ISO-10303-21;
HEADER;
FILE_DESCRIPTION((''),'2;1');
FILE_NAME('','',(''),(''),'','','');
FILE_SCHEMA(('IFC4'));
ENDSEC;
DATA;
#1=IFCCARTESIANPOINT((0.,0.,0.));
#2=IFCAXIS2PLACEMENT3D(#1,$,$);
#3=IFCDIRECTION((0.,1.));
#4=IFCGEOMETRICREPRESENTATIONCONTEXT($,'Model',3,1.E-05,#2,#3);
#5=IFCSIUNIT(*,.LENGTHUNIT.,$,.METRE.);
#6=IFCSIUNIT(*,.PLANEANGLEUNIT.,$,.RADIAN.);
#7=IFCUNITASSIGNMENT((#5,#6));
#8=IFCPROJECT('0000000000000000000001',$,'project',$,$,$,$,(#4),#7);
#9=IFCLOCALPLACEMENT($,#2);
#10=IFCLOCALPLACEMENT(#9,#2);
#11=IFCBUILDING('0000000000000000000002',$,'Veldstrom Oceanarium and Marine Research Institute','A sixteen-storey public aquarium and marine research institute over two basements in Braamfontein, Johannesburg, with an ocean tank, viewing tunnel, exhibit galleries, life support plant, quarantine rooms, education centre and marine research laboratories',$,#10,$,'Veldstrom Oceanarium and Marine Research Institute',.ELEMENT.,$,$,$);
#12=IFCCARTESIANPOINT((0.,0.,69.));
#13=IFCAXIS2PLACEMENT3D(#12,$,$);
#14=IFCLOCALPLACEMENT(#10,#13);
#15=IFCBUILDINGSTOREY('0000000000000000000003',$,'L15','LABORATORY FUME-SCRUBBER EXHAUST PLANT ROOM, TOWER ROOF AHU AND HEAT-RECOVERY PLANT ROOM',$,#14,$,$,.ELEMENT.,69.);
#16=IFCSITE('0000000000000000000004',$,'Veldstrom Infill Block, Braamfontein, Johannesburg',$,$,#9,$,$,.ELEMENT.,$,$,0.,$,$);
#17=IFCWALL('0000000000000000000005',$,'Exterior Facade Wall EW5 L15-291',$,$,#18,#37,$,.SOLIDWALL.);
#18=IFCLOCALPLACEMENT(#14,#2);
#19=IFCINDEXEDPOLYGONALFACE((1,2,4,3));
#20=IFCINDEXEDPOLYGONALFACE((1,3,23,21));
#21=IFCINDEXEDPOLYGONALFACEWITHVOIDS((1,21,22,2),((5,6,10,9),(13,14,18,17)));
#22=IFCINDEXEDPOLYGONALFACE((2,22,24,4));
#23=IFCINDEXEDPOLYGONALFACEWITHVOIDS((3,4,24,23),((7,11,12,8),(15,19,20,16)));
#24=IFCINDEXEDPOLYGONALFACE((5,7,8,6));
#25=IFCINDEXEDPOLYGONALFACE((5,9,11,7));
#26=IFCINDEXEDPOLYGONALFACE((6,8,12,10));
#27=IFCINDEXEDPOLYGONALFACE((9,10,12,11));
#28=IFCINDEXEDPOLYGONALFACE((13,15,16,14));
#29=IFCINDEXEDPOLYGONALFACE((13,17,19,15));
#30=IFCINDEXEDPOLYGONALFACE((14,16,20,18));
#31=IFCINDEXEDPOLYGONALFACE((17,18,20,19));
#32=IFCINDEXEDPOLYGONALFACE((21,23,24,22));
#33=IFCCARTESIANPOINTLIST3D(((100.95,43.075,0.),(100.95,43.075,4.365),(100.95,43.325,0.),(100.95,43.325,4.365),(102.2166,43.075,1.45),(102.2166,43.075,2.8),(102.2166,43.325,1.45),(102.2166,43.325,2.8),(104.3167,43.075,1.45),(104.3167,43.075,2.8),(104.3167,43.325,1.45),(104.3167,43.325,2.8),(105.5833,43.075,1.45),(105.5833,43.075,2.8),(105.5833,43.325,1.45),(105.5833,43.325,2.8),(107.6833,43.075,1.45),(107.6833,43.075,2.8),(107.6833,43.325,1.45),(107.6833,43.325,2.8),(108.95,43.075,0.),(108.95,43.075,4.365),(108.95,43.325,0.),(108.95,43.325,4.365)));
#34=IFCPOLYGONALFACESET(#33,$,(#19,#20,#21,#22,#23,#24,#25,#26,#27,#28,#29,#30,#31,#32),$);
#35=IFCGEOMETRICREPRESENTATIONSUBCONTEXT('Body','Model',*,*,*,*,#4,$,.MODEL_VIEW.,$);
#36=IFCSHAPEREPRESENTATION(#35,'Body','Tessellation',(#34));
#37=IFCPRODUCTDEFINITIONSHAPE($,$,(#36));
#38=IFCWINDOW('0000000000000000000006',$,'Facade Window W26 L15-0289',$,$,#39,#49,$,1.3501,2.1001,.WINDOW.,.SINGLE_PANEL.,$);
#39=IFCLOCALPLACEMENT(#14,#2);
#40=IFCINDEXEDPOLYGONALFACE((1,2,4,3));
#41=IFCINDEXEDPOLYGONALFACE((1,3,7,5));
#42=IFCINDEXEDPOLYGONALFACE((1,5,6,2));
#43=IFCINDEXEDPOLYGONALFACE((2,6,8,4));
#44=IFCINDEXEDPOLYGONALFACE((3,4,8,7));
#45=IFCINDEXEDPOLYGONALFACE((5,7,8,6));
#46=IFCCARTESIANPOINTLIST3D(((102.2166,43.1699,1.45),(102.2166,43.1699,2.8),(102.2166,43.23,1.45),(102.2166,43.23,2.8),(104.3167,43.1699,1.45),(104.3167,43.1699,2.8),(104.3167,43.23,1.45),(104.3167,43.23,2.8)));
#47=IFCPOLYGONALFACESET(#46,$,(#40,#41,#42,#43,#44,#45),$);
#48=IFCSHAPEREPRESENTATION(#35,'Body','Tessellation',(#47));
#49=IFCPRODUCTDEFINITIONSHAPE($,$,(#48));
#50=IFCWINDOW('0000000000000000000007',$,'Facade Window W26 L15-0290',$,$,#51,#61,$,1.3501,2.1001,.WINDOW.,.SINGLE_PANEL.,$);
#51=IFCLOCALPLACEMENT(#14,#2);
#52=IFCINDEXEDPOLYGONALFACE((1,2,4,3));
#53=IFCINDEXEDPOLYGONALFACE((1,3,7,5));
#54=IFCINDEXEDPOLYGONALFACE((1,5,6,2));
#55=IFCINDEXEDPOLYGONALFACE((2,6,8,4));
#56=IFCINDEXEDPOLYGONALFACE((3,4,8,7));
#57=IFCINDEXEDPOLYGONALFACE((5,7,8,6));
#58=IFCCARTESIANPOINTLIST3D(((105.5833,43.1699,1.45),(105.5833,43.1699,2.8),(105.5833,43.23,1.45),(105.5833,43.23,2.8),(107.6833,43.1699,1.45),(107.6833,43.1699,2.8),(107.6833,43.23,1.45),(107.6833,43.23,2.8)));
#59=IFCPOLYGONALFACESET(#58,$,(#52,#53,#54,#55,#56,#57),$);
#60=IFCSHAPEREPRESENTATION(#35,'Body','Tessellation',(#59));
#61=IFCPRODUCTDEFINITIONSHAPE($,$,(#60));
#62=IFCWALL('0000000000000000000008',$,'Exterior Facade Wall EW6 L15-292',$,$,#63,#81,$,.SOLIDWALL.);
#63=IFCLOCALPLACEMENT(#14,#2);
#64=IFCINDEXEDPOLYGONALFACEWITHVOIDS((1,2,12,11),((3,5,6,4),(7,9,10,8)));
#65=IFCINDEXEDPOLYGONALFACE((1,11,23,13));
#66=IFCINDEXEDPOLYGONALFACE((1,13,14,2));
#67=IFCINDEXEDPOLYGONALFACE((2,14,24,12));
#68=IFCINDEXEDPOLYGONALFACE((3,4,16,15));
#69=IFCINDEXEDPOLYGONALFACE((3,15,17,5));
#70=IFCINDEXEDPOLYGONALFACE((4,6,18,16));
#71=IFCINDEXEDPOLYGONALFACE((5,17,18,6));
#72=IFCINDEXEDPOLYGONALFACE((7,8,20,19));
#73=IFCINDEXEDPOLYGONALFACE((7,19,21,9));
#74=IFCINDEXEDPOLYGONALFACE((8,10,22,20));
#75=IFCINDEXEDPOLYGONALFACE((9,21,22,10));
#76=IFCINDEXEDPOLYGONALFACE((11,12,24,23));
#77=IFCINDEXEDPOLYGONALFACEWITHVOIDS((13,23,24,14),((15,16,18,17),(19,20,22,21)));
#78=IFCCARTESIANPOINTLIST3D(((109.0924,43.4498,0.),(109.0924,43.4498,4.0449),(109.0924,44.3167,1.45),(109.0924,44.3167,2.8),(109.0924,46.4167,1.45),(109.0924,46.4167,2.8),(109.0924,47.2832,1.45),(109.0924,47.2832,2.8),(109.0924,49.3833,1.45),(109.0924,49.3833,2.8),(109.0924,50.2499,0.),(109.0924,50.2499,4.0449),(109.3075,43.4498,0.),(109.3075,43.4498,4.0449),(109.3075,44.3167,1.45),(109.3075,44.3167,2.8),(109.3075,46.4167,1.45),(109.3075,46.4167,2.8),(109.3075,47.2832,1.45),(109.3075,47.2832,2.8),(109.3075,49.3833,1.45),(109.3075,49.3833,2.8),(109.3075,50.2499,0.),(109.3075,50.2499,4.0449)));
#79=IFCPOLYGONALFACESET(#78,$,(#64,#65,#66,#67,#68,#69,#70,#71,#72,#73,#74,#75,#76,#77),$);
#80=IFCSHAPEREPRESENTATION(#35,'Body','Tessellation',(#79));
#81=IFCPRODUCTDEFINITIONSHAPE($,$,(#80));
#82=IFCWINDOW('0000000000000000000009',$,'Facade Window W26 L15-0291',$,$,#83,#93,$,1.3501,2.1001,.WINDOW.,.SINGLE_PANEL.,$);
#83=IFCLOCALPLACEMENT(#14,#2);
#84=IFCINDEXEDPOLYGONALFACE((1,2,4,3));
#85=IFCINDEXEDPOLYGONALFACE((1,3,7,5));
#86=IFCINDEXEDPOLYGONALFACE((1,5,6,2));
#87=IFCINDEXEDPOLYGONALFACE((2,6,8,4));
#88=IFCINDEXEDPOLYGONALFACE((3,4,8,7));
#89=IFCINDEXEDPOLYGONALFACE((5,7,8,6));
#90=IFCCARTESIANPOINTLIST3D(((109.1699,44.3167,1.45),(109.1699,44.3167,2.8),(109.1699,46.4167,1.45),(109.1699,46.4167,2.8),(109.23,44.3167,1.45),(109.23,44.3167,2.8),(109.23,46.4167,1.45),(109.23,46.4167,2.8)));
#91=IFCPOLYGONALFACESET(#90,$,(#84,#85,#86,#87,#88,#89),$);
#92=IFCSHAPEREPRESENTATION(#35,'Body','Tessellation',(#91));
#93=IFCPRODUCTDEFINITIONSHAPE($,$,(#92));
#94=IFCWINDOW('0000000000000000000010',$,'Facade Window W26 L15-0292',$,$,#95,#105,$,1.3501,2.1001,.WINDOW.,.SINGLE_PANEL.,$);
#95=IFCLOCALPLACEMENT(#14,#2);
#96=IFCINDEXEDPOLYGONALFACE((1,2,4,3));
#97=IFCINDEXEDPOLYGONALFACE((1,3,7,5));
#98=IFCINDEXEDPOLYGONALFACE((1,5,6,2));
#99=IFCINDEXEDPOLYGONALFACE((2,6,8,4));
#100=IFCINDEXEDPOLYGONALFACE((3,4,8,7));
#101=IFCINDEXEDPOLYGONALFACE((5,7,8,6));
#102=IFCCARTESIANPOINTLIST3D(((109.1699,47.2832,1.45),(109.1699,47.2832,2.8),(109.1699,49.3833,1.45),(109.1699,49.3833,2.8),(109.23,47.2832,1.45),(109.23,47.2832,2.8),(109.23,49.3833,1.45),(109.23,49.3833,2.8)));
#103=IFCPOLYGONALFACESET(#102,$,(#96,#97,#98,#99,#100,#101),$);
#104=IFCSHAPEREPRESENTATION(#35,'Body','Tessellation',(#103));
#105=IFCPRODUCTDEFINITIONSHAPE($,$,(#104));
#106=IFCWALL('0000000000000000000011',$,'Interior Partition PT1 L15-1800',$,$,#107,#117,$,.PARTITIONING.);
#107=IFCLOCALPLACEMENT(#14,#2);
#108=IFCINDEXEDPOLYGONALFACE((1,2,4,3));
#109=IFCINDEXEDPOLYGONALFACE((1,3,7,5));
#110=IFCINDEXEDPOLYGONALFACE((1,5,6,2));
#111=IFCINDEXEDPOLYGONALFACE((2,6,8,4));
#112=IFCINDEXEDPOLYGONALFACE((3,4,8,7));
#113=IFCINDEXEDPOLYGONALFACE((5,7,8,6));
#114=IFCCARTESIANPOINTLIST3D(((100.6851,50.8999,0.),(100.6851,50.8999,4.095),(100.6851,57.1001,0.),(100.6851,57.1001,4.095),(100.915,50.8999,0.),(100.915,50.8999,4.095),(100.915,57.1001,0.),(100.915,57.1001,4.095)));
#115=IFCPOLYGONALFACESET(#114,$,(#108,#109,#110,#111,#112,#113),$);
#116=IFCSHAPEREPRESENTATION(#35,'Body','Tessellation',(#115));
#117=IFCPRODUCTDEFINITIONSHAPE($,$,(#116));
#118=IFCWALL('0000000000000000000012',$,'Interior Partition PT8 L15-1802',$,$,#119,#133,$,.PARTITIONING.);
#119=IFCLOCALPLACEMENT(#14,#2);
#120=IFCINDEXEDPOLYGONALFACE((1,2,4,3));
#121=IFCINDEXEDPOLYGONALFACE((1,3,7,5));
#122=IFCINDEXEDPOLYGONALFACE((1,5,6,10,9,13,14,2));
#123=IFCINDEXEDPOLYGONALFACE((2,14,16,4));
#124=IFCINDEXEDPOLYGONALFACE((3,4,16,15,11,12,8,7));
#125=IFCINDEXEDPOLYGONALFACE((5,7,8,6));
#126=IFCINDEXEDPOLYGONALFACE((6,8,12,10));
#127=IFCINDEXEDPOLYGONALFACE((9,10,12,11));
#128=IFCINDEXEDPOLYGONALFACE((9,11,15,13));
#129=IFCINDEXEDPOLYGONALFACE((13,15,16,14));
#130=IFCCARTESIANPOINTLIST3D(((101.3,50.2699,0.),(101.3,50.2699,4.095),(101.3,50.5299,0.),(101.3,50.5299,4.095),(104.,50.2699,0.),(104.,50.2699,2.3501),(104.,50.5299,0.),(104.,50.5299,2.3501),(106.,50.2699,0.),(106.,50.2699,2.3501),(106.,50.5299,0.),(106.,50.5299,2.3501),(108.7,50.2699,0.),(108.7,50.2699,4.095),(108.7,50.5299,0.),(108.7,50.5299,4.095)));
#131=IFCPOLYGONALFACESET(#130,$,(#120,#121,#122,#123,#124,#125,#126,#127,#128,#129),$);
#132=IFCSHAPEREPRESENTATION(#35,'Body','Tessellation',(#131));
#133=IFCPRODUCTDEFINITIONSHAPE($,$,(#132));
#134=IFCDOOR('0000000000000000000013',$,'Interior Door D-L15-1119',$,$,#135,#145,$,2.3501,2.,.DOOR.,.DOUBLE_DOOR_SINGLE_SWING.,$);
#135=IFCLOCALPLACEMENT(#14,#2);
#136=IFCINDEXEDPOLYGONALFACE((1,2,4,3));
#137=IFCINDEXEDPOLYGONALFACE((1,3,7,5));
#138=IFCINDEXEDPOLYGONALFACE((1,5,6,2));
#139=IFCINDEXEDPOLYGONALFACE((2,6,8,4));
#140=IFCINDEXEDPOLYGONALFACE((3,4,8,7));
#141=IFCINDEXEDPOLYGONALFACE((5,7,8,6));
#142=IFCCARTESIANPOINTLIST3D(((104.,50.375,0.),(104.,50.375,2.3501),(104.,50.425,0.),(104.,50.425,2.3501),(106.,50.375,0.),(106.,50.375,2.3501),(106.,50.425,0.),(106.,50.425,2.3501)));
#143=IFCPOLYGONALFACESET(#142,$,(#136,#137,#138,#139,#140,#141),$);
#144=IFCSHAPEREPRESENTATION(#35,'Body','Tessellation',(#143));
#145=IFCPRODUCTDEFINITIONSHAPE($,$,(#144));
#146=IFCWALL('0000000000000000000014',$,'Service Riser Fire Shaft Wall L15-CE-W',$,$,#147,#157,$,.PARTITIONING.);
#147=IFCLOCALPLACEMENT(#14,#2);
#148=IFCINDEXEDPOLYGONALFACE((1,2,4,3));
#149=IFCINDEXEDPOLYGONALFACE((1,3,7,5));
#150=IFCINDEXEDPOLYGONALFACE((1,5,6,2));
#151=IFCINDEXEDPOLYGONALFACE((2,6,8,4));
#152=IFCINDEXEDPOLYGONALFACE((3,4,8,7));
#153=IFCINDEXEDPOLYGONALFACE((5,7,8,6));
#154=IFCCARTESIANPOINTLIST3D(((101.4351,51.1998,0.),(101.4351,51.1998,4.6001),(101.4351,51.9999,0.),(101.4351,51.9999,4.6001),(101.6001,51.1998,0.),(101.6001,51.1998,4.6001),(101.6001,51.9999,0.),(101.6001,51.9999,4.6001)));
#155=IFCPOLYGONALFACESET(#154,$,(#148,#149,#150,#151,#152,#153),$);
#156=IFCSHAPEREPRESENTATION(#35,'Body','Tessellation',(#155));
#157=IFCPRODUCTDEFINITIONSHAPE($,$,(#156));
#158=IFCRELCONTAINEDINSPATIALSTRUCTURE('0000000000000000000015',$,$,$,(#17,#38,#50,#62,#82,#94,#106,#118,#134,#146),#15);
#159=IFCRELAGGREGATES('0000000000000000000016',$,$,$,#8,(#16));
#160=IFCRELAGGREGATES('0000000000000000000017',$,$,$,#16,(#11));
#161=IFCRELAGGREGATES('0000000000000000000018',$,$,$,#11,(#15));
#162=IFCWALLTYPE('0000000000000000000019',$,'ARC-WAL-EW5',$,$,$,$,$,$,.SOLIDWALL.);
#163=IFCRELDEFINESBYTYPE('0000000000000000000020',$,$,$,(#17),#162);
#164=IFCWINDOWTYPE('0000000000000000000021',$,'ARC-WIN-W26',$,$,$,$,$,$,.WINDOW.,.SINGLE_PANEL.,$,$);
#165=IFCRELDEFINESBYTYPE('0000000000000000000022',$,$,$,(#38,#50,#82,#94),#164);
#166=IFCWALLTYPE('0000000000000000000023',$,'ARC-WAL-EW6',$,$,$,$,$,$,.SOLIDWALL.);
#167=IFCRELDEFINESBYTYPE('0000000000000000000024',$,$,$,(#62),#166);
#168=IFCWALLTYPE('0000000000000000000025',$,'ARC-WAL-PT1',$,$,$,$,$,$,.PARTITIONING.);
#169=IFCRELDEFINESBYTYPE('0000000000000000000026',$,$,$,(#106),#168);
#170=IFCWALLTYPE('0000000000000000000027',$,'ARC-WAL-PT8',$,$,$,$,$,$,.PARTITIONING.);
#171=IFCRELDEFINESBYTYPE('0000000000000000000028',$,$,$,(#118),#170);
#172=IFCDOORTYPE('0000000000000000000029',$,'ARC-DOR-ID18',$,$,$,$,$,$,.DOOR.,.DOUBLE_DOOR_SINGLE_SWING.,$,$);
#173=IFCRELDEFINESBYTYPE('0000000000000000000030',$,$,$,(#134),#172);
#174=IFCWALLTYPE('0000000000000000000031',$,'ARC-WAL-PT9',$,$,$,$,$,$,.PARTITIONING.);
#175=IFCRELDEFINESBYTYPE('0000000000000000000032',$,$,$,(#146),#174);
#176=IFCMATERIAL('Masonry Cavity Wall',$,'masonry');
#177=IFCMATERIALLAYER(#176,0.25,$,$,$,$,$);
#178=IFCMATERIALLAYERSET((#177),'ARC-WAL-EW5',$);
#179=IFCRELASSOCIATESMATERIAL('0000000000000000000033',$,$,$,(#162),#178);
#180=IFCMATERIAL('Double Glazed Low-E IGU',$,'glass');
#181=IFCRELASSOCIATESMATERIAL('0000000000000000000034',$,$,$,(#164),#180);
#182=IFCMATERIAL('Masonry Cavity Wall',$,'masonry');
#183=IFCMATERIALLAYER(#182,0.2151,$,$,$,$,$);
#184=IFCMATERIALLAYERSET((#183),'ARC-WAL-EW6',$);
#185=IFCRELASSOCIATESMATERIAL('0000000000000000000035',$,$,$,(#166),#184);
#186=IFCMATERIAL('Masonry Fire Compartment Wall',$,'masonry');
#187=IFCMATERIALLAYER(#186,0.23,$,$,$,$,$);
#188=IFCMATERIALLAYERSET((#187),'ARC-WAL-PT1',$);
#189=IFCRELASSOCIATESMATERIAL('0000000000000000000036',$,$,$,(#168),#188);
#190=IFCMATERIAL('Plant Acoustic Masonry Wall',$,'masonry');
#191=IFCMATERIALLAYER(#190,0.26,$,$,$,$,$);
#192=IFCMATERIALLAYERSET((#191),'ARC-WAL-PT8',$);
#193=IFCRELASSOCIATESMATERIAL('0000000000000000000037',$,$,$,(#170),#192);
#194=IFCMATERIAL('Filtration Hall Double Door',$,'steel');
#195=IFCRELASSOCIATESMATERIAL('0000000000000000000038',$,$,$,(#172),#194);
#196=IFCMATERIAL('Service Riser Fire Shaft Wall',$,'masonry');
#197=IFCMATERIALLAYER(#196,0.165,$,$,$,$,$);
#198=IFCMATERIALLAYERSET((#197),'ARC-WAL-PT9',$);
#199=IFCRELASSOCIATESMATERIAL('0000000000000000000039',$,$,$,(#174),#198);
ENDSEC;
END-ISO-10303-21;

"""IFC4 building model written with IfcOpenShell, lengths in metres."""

from ifc_helpers import new_model, si_unit, direction, frame, frame_2d, origin, place, context, subcontext, project, spatial, rectangle, extrude, material, layer, layer_set, type_object, element, fill, save


model = new_model("IFC4")

# Units and contexts
model_context = context("Model", 3, precision=1e-05, world=origin(), true_north=direction((0.0, 1.0)))
body_context = subcontext(model_context, "Body", "Model", "MODEL_VIEW")
ifc_project = project(units=[si_unit("LENGTHUNIT", "METRE"), si_unit("PLANEANGLEUNIT", "RADIAN")], contexts=[model_context])

# Site, building, storey
site_placement = place(None, origin())
site = spatial("IfcSite", under=ifc_project, at=site_placement, Name="Veldstrom Infill Block, Braamfontein, Johannesburg", CompositionType="ELEMENT", RefElevation=0.0)
building_placement = place(site_placement, origin())
building = spatial("IfcBuilding", under=site, at=building_placement, Name="Veldstrom Oceanarium and Marine Research Institute", Description="A sixteen-storey public aquarium and marine research institute over two basements in Braamfontein, Johannesburg, with an ocean tank, viewing tunnel, exhibit galleries, life support plant, quarantine rooms, education centre and marine research laboratories", LongName="Veldstrom Oceanarium and Marine Research Institute", CompositionType="ELEMENT")
storey_placement = place(building_placement, frame((0.0, 0.0, 69.0)))
storey = spatial("IfcBuildingStorey", under=building, at=storey_placement, Name="L15", Description="LABORATORY FUME-SCRUBBER EXHAUST PLANT ROOM, TOWER ROOF AHU AND HEAT-RECOVERY PLANT ROOM", CompositionType="ELEMENT", Elevation=69.0)

# Walls, openings, windows
ifc_material_1 = material(Name="Masonry Cavity Wall", Category="masonry")
ifc_layer_1 = layer(ifc_material_1, 0.25)
ifc_layer_set_1 = layer_set([ifc_layer_1], Name="ARC-WAL-EW5")
wall_type_1 = type_object("IfcWallType", Name="ARC-WAL-EW5", PredefinedType="SOLIDWALL", material=ifc_layer_set_1)
wall_1_placement = place(storey_placement, frame((100.95, 43.2, 0.0), z_axis=(0.0, 0.0, 1.0), x_axis=(1.0, 0.0, 0.0)))
wall_1 = element("IfcWall", 1, at=wall_1_placement, inside=storey, type_object=wall_type_1, Name="Exterior Facade Wall EW5 L15-291", PredefinedType="SOLIDWALL", context=body_context, shape_type="SweptSolid", body=[
    extrude(rectangle(XDim=8.0, YDim=0.25, at=frame_2d((4.0, 0.0))), origin(), (0.0, 0.0, 1.0), 4.365),
])
opening_1_placement = place(wall_1_placement, frame((1.2666, 0.0, 1.45)))
opening_1 = element("IfcOpeningElement", 2, at=opening_1_placement, cuts=wall_1, PredefinedType="OPENING", context=body_context, shape_type="SweptSolid", body=[
    extrude(rectangle(XDim=2.1001, YDim=1.3501, at=frame_2d((1.05, 0.675))), frame((0.0, 0.135, 0.0), z_axis=(0.0, -1.0, 0.0), x_axis=(1.0, 0.0, 0.0)), (0.0, 0.0, 1.0), 0.27),
])
opening_2_placement = place(wall_1_placement, frame((4.6333, 0.0, 1.45)))
opening_2 = element("IfcOpeningElement", 3, at=opening_2_placement, cuts=wall_1, PredefinedType="OPENING", context=body_context, shape_type="SweptSolid", body=[
    extrude(rectangle(XDim=2.1001, YDim=1.3501, at=frame_2d((1.05, 0.675))), frame((0.0, 0.135, 0.0), z_axis=(0.0, -1.0, 0.0), x_axis=(1.0, 0.0, 0.0)), (0.0, 0.0, 1.0), 0.27),
])
ifc_material_2 = material(Name="Double Glazed Low-E IGU", Category="glass")
window_type_1 = type_object("IfcWindowType", Name="ARC-WIN-W26", PartitioningType="SINGLE_PANEL", PredefinedType="WINDOW", material=ifc_material_2)
window_1_placement = place(opening_1_placement, origin())
window_1 = element("IfcWindow", 4, at=window_1_placement, inside=storey, type_object=window_type_1, Name="Facade Window W26 L15-0289", OverallHeight=1.3501, OverallWidth=2.1001, PartitioningType="SINGLE_PANEL", PredefinedType="WINDOW", context=body_context, shape_type="SweptSolid", body=[
    extrude(rectangle(XDim=2.1001, YDim=1.3501, at=frame_2d((1.05, 0.675))), frame((0.0, 0.03, 0.0), z_axis=(0.0, -1.0, 0.0), x_axis=(1.0, 0.0, 0.0)), (0.0, 0.0, 1.0), 0.0601),
])
fill(opening_1, window_1)
window_2_placement = place(opening_2_placement, origin())
window_2 = element("IfcWindow", 5, at=window_2_placement, inside=storey, type_object=window_type_1, Name="Facade Window W26 L15-0290", OverallHeight=1.3501, OverallWidth=2.1001, PartitioningType="SINGLE_PANEL", PredefinedType="WINDOW", context=body_context, shape_type="SweptSolid", body=[
    extrude(rectangle(XDim=2.1001, YDim=1.3501, at=frame_2d((1.05, 0.675))), frame((0.0, 0.03, 0.0), z_axis=(0.0, -1.0, 0.0), x_axis=(1.0, 0.0, 0.0)), (0.0, 0.0, 1.0), 0.0601),
])
fill(opening_2, window_2)
ifc_material_3 = material(Name="Masonry Cavity Wall", Category="masonry")
ifc_layer_2 = layer(ifc_material_3, 0.2151)
ifc_layer_set_2 = layer_set([ifc_layer_2], Name="ARC-WAL-EW6")
wall_type_2 = type_object("IfcWallType", Name="ARC-WAL-EW6", PredefinedType="SOLIDWALL", material=ifc_layer_set_2)
wall_2_placement = place(storey_placement, frame((109.2, 43.45, 0.0), z_axis=(0.0, 0.0, 1.0), x_axis=(0.0, 1.0, 0.0)))
wall_2 = element("IfcWall", 6, at=wall_2_placement, inside=storey, type_object=wall_type_2, Name="Exterior Facade Wall EW6 L15-292", PredefinedType="SOLIDWALL", context=body_context, shape_type="SweptSolid", body=[
    extrude(rectangle(XDim=6.8, YDim=0.2151, at=frame_2d((3.3999, 0.0))), origin(), (0.0, 0.0, 1.0), 4.0449),
])
opening_3_placement = place(wall_2_placement, frame((0.8667, 0.0, 1.45)))
opening_3 = element("IfcOpeningElement", 7, at=opening_3_placement, cuts=wall_2, PredefinedType="OPENING", context=body_context, shape_type="SweptSolid", body=[
    extrude(rectangle(XDim=2.1001, YDim=1.3501, at=frame_2d((1.05, 0.675))), frame((0.0, 0.1174, 0.0), z_axis=(0.0, -1.0, 0.0), x_axis=(1.0, 0.0, 0.0)), (0.0, 0.0, 1.0), 0.2351),
])
opening_4_placement = place(wall_2_placement, frame((3.8333, 0.0, 1.45)))
opening_4 = element("IfcOpeningElement", 8, at=opening_4_placement, cuts=wall_2, PredefinedType="OPENING", context=body_context, shape_type="SweptSolid", body=[
    extrude(rectangle(XDim=2.1001, YDim=1.3501, at=frame_2d((1.05, 0.675))), frame((0.0, 0.1174, 0.0), z_axis=(0.0, -1.0, 0.0), x_axis=(1.0, 0.0, 0.0)), (0.0, 0.0, 1.0), 0.2351),
])
window_3_placement = place(opening_3_placement, origin())
window_3 = element("IfcWindow", 9, at=window_3_placement, inside=storey, type_object=window_type_1, Name="Facade Window W26 L15-0291", OverallHeight=1.3501, OverallWidth=2.1001, PartitioningType="SINGLE_PANEL", PredefinedType="WINDOW", context=body_context, shape_type="SweptSolid", body=[
    extrude(rectangle(XDim=2.1001, YDim=1.3501, at=frame_2d((1.05, 0.675))), frame((0.0, 0.03, 0.0), z_axis=(0.0, -1.0, 0.0), x_axis=(1.0, 0.0, 0.0)), (0.0, 0.0, 1.0), 0.0601),
])
fill(opening_3, window_3)
window_4_placement = place(opening_4_placement, origin())
window_4 = element("IfcWindow", 10, at=window_4_placement, inside=storey, type_object=window_type_1, Name="Facade Window W26 L15-0292", OverallHeight=1.3501, OverallWidth=2.1001, PartitioningType="SINGLE_PANEL", PredefinedType="WINDOW", context=body_context, shape_type="SweptSolid", body=[
    extrude(rectangle(XDim=2.1001, YDim=1.3501, at=frame_2d((1.05, 0.675))), frame((0.0, 0.03, 0.0), z_axis=(0.0, -1.0, 0.0), x_axis=(1.0, 0.0, 0.0)), (0.0, 0.0, 1.0), 0.0601),
])
fill(opening_4, window_4)

# Wall
ifc_material_4 = material(Name="Masonry Fire Compartment Wall", Category="masonry")
ifc_layer_3 = layer(ifc_material_4, 0.23)
ifc_layer_set_3 = layer_set([ifc_layer_3], Name="ARC-WAL-PT1")
wall_type_3 = type_object("IfcWallType", Name="ARC-WAL-PT1", PredefinedType="PARTITIONING", material=ifc_layer_set_3)
wall_3_placement = place(storey_placement, frame((100.8, 50.8999, 0.0), z_axis=(0.0, 0.0, 1.0), x_axis=(0.0, 1.0, 0.0)))
element("IfcWall", 11, at=wall_3_placement, inside=storey, type_object=wall_type_3, Name="Interior Partition PT1 L15-1800", PredefinedType="PARTITIONING", context=body_context, shape_type="SweptSolid", body=[
    extrude(rectangle(XDim=6.2002, YDim=0.23, at=frame_2d((3.1001, 0.0))), origin(), (0.0, 0.0, 1.0), 4.095),
])

# Wall, opening, door
ifc_material_5 = material(Name="Plant Acoustic Masonry Wall", Category="masonry")
ifc_layer_4 = layer(ifc_material_5, 0.26)
ifc_layer_set_4 = layer_set([ifc_layer_4], Name="ARC-WAL-PT8")
wall_type_4 = type_object("IfcWallType", Name="ARC-WAL-PT8", PredefinedType="PARTITIONING", material=ifc_layer_set_4)
wall_4_placement = place(storey_placement, frame((101.3, 50.3999, 0.0), z_axis=(0.0, 0.0, 1.0), x_axis=(1.0, 0.0, 0.0)))
wall_4 = element("IfcWall", 12, at=wall_4_placement, inside=storey, type_object=wall_type_4, Name="Interior Partition PT8 L15-1802", PredefinedType="PARTITIONING", context=body_context, shape_type="SweptSolid", body=[
    extrude(rectangle(XDim=7.3999, YDim=0.26, at=frame_2d((3.7, 0.0))), origin(), (0.0, 0.0, 1.0), 4.095),
])
opening_5_placement = place(wall_4_placement, frame((2.7, 0.0, 0.0)))
opening_5 = element("IfcOpeningElement", 13, at=opening_5_placement, cuts=wall_4, PredefinedType="OPENING", context=body_context, shape_type="SweptSolid", body=[
    extrude(rectangle(XDim=2.0, YDim=2.3501, at=frame_2d((1.0, 1.175))), frame((0.0, 0.1399, 0.0), z_axis=(0.0, -1.0, 0.0), x_axis=(1.0, 0.0, 0.0)), (0.0, 0.0, 1.0), 0.28),
])
ifc_material_6 = material(Name="Filtration Hall Double Door", Category="steel")
door_type = type_object("IfcDoorType", Name="ARC-DOR-ID18", OperationType="DOUBLE_DOOR_SINGLE_SWING", PredefinedType="DOOR", material=ifc_material_6)
door_placement = place(opening_5_placement, frame((2.0, 0.0, 0.0), z_axis=(0.0, 0.0, 1.0), x_axis=(-1.0, 0.0, 0.0)))
door = element("IfcDoor", 14, at=door_placement, inside=storey, type_object=door_type, Name="Interior Door D-L15-1119", OperationType="DOUBLE_DOOR_SINGLE_SWING", OverallHeight=2.3501, OverallWidth=2.0, PredefinedType="DOOR", context=body_context, shape_type="SweptSolid", body=[
    extrude(rectangle(XDim=2.0, YDim=2.3501, at=frame_2d((1.0, 1.175))), frame((0.0, 0.0249, 0.0), z_axis=(0.0, -1.0, 0.0), x_axis=(1.0, 0.0, 0.0)), (0.0, 0.0, 1.0), 0.05),
])
fill(opening_5, door)

# Wall
ifc_material_7 = material(Name="Service Riser Fire Shaft Wall", Category="masonry")
ifc_layer_5 = layer(ifc_material_7, 0.165)
ifc_layer_set_5 = layer_set([ifc_layer_5], Name="ARC-WAL-PT9")
wall_type_5 = type_object("IfcWallType", Name="ARC-WAL-PT9", PredefinedType="PARTITIONING", material=ifc_layer_set_5)
for number, where, z_axis, x_axis, name in (
    (15, (101.5176, 51.2, 0.0), (0.0, 0.0, 1.0), (0.0, 1.0, 0.0), "Service Riser Fire Shaft Wall L15-CE-W"),
):
    element("IfcWall", number, at=place(storey_placement, frame(where, z_axis=z_axis, x_axis=x_axis)), inside=storey, type_object=wall_type_5, Name=name, PredefinedType="PARTITIONING", context=body_context, shape_type="SweptSolid", body=[
        extrude(rectangle(XDim=0.8, YDim=0.165, at=frame_2d((0.3999, 0.0))), origin(), (0.0, 0.0, 1.0), 4.6001),
    ])

save(model, "model.ifc")
